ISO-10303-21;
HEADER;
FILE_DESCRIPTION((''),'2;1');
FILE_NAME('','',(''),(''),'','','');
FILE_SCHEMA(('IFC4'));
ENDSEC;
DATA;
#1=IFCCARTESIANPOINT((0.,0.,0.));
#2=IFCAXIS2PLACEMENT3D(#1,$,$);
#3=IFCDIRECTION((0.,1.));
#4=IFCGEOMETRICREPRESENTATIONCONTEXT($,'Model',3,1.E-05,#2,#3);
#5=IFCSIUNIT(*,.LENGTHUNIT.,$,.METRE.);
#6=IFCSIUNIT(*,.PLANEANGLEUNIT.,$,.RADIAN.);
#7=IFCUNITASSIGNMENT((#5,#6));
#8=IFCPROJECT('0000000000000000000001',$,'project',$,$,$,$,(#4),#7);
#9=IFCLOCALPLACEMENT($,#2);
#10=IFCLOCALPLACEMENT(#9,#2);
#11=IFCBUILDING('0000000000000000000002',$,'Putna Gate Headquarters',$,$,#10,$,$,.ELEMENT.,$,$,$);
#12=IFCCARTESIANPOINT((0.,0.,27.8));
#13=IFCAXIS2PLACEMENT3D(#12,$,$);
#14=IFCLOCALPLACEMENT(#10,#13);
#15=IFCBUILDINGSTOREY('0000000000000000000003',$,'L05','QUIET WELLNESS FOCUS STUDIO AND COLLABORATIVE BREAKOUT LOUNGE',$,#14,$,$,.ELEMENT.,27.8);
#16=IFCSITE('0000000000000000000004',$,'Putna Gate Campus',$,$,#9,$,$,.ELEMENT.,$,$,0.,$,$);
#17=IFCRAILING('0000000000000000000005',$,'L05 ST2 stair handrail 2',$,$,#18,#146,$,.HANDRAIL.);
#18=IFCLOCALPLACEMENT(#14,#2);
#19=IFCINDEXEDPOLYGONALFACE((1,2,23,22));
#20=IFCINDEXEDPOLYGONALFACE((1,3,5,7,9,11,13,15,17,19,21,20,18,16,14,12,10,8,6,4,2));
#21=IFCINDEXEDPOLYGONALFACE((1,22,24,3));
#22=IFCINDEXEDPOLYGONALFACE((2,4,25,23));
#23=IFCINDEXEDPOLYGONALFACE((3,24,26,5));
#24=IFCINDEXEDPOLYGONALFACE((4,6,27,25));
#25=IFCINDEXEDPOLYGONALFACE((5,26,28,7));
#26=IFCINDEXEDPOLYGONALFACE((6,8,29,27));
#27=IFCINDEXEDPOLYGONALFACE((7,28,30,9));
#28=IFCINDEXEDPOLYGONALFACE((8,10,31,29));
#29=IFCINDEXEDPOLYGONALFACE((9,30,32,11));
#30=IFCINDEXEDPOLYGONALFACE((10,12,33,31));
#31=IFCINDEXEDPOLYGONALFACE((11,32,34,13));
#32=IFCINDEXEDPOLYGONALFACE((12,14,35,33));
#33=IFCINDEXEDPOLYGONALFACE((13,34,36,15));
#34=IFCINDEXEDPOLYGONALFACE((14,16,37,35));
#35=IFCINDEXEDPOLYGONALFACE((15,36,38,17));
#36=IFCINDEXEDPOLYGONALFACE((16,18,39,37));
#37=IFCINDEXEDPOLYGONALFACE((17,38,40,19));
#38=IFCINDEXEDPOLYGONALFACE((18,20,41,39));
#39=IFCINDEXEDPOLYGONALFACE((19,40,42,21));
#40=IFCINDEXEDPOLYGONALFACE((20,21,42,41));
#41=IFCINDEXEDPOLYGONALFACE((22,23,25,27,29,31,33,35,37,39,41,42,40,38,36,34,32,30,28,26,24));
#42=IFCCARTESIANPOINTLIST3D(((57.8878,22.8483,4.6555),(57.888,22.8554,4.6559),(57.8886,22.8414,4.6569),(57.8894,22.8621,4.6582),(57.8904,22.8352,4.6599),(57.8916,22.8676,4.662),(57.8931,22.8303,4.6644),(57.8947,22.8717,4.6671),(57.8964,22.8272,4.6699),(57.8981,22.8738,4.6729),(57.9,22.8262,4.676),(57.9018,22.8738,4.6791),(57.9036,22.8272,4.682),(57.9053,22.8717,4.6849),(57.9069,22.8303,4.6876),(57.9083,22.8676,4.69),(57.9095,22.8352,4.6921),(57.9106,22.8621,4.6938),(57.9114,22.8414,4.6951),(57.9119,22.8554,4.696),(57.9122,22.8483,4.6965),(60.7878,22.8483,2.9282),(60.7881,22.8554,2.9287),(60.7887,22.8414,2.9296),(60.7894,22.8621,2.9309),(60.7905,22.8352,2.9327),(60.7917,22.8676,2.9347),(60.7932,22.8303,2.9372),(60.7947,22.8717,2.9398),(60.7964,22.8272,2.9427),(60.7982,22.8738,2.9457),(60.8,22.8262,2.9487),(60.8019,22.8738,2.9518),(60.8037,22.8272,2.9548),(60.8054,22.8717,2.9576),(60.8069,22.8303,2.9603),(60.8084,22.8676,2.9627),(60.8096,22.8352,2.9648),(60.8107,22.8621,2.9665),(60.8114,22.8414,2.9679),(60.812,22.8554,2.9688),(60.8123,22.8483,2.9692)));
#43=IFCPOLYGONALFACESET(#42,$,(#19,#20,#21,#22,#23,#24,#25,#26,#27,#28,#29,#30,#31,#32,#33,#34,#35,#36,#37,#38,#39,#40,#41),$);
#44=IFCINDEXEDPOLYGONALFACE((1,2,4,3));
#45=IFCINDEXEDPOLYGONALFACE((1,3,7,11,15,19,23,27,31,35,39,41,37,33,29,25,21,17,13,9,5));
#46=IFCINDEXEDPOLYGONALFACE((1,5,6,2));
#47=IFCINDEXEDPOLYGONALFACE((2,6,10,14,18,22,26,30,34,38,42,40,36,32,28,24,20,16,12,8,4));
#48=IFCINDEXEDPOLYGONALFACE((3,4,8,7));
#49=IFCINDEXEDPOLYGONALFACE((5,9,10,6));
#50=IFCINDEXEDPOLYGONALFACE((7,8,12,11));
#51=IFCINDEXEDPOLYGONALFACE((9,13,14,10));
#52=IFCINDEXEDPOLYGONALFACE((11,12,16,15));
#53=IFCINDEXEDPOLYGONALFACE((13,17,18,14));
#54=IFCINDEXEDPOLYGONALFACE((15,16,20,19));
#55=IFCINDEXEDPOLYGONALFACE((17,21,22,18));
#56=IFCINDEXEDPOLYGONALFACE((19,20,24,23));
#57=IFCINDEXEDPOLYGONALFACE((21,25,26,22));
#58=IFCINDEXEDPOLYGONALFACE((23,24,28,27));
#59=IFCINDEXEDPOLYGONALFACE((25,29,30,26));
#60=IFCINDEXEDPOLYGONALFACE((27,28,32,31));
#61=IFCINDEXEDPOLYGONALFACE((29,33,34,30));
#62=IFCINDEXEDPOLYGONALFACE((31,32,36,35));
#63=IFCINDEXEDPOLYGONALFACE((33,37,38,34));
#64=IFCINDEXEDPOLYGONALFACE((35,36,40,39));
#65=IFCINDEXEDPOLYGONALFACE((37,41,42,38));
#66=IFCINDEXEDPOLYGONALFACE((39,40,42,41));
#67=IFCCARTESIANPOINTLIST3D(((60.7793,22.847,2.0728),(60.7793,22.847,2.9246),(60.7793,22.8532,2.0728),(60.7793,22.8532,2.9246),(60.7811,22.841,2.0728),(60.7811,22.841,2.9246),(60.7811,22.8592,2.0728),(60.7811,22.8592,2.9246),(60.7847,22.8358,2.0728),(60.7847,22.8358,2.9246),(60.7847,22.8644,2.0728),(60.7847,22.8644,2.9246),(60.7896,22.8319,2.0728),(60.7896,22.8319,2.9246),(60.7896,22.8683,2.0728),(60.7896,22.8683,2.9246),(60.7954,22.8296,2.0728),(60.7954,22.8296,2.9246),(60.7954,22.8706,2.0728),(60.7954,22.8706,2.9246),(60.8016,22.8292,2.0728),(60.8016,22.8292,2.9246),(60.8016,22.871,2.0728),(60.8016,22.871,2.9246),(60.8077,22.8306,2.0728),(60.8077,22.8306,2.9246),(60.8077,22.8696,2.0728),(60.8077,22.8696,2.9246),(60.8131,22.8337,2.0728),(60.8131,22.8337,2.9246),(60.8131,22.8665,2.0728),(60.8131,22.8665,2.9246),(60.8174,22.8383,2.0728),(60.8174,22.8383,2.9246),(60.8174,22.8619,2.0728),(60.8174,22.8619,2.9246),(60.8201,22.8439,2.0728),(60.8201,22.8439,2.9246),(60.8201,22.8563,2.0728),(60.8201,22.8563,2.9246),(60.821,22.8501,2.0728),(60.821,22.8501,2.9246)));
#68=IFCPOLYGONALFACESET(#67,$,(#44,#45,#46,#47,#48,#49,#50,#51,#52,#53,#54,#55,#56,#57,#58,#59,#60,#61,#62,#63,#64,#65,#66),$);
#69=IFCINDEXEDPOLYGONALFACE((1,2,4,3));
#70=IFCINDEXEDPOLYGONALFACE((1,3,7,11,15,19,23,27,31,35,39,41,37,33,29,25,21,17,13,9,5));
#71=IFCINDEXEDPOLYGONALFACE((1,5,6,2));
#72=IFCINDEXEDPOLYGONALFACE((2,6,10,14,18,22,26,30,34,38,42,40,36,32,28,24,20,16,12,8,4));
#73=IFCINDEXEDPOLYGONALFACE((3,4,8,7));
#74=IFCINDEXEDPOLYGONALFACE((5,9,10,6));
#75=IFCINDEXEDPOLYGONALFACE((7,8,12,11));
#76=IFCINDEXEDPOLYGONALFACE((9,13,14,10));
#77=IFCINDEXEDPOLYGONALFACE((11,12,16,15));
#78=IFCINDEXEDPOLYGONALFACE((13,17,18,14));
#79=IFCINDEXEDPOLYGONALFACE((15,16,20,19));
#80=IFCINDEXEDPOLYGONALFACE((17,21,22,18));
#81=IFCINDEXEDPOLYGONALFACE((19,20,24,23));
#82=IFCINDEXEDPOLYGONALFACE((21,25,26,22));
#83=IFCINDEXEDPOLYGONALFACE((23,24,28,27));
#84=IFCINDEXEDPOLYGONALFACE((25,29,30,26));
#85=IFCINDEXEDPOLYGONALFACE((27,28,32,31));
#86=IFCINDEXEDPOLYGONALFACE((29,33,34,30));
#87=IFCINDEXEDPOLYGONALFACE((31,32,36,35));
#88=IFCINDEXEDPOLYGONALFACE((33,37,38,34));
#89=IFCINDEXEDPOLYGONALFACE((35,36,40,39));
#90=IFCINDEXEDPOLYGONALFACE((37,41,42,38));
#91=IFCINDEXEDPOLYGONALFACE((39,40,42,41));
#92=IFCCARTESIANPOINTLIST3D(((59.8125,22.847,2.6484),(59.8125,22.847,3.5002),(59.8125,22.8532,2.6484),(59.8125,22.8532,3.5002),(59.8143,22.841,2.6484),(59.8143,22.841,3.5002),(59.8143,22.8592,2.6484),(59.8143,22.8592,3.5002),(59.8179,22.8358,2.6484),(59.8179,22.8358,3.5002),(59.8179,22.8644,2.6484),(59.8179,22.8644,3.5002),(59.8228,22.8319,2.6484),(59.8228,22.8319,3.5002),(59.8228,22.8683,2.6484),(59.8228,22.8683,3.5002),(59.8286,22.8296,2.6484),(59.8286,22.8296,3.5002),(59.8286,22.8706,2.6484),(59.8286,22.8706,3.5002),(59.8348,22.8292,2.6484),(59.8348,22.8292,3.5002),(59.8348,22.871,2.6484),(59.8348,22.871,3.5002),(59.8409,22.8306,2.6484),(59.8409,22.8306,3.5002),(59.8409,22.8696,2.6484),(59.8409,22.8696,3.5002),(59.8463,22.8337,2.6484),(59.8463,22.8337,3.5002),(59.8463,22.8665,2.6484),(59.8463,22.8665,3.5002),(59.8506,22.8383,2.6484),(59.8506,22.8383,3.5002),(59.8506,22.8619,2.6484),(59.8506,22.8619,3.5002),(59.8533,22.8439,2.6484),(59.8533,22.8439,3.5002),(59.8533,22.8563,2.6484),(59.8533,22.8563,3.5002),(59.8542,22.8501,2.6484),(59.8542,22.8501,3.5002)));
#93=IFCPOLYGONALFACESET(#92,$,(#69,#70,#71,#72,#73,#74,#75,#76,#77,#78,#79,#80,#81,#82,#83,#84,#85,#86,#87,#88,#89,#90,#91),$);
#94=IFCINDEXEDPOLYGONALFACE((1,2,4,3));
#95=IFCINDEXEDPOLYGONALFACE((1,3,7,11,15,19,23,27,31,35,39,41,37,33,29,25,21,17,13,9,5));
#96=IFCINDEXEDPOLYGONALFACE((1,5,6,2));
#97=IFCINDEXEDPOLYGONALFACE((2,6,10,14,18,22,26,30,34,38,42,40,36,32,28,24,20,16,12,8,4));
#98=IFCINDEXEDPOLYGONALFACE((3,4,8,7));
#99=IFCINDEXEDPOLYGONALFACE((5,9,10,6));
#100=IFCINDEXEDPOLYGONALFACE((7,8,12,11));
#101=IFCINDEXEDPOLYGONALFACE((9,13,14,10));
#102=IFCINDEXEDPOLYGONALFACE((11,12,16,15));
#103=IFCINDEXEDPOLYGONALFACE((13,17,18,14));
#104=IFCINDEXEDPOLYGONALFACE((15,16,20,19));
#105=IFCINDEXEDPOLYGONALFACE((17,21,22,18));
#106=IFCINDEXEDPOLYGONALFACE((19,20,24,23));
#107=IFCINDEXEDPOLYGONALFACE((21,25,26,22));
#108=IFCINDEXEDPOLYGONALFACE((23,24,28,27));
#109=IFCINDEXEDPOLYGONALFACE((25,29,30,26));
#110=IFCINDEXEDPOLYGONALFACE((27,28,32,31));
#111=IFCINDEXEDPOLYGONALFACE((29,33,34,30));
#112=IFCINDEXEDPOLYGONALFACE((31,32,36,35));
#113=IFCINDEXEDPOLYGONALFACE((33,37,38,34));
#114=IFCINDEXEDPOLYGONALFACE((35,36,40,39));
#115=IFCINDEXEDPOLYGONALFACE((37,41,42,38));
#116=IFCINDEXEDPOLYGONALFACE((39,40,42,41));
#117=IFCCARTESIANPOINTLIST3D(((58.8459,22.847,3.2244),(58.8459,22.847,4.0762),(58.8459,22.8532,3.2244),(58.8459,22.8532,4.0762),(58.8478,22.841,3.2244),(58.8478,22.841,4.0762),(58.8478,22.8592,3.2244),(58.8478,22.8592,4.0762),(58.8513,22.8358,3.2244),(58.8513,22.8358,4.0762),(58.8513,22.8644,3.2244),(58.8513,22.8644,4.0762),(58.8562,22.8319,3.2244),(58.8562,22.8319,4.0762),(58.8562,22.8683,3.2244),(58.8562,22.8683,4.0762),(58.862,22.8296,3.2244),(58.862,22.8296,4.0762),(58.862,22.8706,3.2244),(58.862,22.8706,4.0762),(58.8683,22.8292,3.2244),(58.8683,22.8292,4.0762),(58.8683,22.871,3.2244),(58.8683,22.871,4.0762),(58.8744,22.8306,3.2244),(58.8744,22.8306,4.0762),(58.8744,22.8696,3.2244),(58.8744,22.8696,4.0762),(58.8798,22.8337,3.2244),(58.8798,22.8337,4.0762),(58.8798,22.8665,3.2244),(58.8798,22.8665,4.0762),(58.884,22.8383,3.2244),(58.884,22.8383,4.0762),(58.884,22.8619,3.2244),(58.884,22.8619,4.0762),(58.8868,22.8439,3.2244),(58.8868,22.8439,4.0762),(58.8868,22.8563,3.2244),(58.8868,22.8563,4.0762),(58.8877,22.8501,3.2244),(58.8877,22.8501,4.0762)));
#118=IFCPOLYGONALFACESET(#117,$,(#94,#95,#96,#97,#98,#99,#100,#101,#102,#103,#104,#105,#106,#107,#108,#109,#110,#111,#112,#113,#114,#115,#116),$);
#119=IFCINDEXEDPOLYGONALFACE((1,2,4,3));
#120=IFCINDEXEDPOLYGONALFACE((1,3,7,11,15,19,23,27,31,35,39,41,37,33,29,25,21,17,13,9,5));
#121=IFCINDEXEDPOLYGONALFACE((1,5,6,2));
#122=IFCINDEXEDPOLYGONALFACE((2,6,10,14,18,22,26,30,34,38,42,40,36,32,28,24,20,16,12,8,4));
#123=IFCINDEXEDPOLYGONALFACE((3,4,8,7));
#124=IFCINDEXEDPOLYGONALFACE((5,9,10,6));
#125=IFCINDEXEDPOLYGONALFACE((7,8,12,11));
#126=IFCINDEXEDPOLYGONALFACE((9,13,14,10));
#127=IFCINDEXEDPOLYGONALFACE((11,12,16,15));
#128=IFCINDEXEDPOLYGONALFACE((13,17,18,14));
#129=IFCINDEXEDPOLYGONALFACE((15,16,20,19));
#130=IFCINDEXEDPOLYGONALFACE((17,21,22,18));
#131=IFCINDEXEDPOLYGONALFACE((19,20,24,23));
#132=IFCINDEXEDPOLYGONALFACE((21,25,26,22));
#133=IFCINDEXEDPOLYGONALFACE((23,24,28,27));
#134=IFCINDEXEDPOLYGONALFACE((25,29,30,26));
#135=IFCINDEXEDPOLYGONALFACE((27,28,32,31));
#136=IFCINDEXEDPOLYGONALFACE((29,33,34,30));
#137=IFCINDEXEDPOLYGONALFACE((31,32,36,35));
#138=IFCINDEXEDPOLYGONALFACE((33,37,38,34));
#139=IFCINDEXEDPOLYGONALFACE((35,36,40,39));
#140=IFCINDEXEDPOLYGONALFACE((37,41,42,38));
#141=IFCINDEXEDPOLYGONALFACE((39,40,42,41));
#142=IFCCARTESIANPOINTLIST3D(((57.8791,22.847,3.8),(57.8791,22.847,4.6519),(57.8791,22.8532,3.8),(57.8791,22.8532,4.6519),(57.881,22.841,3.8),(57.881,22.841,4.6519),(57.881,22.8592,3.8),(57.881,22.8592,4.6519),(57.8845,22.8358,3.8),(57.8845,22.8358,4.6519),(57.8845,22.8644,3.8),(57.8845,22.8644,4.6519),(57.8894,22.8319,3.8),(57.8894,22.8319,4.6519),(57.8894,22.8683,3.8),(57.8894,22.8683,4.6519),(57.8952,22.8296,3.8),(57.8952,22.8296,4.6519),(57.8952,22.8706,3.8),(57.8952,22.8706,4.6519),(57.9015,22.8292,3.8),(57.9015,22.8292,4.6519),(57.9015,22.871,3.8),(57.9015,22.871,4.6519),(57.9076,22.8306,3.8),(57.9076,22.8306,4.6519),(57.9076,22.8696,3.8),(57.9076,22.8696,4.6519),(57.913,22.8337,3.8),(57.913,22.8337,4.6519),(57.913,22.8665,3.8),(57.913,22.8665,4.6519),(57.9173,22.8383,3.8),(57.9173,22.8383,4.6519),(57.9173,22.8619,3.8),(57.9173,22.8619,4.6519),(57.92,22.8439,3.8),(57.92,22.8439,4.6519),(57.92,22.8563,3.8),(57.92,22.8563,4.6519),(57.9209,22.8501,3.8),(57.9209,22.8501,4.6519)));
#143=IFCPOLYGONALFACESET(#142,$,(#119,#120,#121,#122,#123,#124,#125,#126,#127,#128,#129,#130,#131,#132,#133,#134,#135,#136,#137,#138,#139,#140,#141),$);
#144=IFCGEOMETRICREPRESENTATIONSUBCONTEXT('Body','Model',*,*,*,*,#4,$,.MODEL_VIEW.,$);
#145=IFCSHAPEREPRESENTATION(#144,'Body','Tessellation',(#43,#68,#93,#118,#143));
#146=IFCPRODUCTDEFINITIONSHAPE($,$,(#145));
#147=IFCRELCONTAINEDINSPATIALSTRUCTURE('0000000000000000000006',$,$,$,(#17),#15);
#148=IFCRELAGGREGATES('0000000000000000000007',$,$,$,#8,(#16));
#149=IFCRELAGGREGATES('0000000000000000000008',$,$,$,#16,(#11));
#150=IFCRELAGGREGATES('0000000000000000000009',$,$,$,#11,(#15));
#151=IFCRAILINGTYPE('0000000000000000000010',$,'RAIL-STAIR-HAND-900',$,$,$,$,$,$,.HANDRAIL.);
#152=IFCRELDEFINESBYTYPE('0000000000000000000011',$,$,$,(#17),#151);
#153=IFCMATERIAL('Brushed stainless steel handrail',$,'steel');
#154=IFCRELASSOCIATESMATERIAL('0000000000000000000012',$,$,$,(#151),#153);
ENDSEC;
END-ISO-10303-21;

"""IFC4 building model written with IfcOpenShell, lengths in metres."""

from ifc_helpers import new_model, si_unit, direction, frame, origin, origin_2d, place, context, subcontext, project, spatial, circle, extrude, material, type_object, element, save


model = new_model("IFC4")

# Units and contexts
model_context = context("Model", 3, precision=1e-05, world=origin(), true_north=direction((0.0, 1.0)))
body_context = subcontext(model_context, "Body", "Model", "MODEL_VIEW")
ifc_project = project(units=[si_unit("LENGTHUNIT", "METRE"), si_unit("PLANEANGLEUNIT", "RADIAN")], contexts=[model_context])

# Site, building, storey
site_placement = place(None, origin())
site = spatial("IfcSite", under=ifc_project, at=site_placement, Name="Putna Gate Campus", CompositionType="ELEMENT", RefElevation=0.0)
building_placement = place(site_placement, origin())
building = spatial("IfcBuilding", under=site, at=building_placement, Name="Putna Gate Headquarters", CompositionType="ELEMENT")
storey_placement = place(building_placement, frame((0.0, 0.0, 27.8)))
storey = spatial("IfcBuildingStorey", under=building, at=storey_placement, Name="L05", Description="QUIET WELLNESS FOCUS STUDIO AND COLLABORATIVE BREAKOUT LOUNGE", CompositionType="ELEMENT", Elevation=27.8)

# Railing
ifc_material_1 = material(Name="Brushed stainless steel handrail", Category="steel")
railing_type = type_object("IfcRailingType", Name="RAIL-STAIR-HAND-900", PredefinedType="HANDRAIL", material=ifc_material_1)
railing_placement = place(storey_placement, frame((60.8, 22.8501, 2.0728)))
element("IfcRailing", 1, at=railing_placement, inside=storey, type_object=railing_type, Name="L05 ST2 stair handrail 2", PredefinedType="HANDRAIL", context=body_context, shape_type="SweptSolid", body=[
    extrude(circle(Radius=0.0239, at=origin_2d()), frame((0.0, 0.0, 0.876), z_axis=(-0.85916, 0.0, 0.511706), x_axis=(0.0, -1.0, 0.0)), (0.0, 0.0, 1.0), 3.3755),
    extrude(circle(Radius=0.021, at=origin_2d()), origin(), (0.0, 0.0, 1.0), 0.8518),
    extrude(circle(Radius=0.021, at=origin_2d()), frame((-0.9668, 0.0, 0.5757)), (0.0, 0.0, 1.0), 0.8518),
    extrude(circle(Radius=0.021, at=origin_2d()), frame((-1.9333, 0.0, 1.1516)), (0.0, 0.0, 1.0), 0.8518),
    extrude(circle(Radius=0.021, at=origin_2d()), frame((-2.9001, 0.0, 1.7273)), (0.0, 0.0, 1.0), 0.8518),
])

save(model, "model.ifc")
